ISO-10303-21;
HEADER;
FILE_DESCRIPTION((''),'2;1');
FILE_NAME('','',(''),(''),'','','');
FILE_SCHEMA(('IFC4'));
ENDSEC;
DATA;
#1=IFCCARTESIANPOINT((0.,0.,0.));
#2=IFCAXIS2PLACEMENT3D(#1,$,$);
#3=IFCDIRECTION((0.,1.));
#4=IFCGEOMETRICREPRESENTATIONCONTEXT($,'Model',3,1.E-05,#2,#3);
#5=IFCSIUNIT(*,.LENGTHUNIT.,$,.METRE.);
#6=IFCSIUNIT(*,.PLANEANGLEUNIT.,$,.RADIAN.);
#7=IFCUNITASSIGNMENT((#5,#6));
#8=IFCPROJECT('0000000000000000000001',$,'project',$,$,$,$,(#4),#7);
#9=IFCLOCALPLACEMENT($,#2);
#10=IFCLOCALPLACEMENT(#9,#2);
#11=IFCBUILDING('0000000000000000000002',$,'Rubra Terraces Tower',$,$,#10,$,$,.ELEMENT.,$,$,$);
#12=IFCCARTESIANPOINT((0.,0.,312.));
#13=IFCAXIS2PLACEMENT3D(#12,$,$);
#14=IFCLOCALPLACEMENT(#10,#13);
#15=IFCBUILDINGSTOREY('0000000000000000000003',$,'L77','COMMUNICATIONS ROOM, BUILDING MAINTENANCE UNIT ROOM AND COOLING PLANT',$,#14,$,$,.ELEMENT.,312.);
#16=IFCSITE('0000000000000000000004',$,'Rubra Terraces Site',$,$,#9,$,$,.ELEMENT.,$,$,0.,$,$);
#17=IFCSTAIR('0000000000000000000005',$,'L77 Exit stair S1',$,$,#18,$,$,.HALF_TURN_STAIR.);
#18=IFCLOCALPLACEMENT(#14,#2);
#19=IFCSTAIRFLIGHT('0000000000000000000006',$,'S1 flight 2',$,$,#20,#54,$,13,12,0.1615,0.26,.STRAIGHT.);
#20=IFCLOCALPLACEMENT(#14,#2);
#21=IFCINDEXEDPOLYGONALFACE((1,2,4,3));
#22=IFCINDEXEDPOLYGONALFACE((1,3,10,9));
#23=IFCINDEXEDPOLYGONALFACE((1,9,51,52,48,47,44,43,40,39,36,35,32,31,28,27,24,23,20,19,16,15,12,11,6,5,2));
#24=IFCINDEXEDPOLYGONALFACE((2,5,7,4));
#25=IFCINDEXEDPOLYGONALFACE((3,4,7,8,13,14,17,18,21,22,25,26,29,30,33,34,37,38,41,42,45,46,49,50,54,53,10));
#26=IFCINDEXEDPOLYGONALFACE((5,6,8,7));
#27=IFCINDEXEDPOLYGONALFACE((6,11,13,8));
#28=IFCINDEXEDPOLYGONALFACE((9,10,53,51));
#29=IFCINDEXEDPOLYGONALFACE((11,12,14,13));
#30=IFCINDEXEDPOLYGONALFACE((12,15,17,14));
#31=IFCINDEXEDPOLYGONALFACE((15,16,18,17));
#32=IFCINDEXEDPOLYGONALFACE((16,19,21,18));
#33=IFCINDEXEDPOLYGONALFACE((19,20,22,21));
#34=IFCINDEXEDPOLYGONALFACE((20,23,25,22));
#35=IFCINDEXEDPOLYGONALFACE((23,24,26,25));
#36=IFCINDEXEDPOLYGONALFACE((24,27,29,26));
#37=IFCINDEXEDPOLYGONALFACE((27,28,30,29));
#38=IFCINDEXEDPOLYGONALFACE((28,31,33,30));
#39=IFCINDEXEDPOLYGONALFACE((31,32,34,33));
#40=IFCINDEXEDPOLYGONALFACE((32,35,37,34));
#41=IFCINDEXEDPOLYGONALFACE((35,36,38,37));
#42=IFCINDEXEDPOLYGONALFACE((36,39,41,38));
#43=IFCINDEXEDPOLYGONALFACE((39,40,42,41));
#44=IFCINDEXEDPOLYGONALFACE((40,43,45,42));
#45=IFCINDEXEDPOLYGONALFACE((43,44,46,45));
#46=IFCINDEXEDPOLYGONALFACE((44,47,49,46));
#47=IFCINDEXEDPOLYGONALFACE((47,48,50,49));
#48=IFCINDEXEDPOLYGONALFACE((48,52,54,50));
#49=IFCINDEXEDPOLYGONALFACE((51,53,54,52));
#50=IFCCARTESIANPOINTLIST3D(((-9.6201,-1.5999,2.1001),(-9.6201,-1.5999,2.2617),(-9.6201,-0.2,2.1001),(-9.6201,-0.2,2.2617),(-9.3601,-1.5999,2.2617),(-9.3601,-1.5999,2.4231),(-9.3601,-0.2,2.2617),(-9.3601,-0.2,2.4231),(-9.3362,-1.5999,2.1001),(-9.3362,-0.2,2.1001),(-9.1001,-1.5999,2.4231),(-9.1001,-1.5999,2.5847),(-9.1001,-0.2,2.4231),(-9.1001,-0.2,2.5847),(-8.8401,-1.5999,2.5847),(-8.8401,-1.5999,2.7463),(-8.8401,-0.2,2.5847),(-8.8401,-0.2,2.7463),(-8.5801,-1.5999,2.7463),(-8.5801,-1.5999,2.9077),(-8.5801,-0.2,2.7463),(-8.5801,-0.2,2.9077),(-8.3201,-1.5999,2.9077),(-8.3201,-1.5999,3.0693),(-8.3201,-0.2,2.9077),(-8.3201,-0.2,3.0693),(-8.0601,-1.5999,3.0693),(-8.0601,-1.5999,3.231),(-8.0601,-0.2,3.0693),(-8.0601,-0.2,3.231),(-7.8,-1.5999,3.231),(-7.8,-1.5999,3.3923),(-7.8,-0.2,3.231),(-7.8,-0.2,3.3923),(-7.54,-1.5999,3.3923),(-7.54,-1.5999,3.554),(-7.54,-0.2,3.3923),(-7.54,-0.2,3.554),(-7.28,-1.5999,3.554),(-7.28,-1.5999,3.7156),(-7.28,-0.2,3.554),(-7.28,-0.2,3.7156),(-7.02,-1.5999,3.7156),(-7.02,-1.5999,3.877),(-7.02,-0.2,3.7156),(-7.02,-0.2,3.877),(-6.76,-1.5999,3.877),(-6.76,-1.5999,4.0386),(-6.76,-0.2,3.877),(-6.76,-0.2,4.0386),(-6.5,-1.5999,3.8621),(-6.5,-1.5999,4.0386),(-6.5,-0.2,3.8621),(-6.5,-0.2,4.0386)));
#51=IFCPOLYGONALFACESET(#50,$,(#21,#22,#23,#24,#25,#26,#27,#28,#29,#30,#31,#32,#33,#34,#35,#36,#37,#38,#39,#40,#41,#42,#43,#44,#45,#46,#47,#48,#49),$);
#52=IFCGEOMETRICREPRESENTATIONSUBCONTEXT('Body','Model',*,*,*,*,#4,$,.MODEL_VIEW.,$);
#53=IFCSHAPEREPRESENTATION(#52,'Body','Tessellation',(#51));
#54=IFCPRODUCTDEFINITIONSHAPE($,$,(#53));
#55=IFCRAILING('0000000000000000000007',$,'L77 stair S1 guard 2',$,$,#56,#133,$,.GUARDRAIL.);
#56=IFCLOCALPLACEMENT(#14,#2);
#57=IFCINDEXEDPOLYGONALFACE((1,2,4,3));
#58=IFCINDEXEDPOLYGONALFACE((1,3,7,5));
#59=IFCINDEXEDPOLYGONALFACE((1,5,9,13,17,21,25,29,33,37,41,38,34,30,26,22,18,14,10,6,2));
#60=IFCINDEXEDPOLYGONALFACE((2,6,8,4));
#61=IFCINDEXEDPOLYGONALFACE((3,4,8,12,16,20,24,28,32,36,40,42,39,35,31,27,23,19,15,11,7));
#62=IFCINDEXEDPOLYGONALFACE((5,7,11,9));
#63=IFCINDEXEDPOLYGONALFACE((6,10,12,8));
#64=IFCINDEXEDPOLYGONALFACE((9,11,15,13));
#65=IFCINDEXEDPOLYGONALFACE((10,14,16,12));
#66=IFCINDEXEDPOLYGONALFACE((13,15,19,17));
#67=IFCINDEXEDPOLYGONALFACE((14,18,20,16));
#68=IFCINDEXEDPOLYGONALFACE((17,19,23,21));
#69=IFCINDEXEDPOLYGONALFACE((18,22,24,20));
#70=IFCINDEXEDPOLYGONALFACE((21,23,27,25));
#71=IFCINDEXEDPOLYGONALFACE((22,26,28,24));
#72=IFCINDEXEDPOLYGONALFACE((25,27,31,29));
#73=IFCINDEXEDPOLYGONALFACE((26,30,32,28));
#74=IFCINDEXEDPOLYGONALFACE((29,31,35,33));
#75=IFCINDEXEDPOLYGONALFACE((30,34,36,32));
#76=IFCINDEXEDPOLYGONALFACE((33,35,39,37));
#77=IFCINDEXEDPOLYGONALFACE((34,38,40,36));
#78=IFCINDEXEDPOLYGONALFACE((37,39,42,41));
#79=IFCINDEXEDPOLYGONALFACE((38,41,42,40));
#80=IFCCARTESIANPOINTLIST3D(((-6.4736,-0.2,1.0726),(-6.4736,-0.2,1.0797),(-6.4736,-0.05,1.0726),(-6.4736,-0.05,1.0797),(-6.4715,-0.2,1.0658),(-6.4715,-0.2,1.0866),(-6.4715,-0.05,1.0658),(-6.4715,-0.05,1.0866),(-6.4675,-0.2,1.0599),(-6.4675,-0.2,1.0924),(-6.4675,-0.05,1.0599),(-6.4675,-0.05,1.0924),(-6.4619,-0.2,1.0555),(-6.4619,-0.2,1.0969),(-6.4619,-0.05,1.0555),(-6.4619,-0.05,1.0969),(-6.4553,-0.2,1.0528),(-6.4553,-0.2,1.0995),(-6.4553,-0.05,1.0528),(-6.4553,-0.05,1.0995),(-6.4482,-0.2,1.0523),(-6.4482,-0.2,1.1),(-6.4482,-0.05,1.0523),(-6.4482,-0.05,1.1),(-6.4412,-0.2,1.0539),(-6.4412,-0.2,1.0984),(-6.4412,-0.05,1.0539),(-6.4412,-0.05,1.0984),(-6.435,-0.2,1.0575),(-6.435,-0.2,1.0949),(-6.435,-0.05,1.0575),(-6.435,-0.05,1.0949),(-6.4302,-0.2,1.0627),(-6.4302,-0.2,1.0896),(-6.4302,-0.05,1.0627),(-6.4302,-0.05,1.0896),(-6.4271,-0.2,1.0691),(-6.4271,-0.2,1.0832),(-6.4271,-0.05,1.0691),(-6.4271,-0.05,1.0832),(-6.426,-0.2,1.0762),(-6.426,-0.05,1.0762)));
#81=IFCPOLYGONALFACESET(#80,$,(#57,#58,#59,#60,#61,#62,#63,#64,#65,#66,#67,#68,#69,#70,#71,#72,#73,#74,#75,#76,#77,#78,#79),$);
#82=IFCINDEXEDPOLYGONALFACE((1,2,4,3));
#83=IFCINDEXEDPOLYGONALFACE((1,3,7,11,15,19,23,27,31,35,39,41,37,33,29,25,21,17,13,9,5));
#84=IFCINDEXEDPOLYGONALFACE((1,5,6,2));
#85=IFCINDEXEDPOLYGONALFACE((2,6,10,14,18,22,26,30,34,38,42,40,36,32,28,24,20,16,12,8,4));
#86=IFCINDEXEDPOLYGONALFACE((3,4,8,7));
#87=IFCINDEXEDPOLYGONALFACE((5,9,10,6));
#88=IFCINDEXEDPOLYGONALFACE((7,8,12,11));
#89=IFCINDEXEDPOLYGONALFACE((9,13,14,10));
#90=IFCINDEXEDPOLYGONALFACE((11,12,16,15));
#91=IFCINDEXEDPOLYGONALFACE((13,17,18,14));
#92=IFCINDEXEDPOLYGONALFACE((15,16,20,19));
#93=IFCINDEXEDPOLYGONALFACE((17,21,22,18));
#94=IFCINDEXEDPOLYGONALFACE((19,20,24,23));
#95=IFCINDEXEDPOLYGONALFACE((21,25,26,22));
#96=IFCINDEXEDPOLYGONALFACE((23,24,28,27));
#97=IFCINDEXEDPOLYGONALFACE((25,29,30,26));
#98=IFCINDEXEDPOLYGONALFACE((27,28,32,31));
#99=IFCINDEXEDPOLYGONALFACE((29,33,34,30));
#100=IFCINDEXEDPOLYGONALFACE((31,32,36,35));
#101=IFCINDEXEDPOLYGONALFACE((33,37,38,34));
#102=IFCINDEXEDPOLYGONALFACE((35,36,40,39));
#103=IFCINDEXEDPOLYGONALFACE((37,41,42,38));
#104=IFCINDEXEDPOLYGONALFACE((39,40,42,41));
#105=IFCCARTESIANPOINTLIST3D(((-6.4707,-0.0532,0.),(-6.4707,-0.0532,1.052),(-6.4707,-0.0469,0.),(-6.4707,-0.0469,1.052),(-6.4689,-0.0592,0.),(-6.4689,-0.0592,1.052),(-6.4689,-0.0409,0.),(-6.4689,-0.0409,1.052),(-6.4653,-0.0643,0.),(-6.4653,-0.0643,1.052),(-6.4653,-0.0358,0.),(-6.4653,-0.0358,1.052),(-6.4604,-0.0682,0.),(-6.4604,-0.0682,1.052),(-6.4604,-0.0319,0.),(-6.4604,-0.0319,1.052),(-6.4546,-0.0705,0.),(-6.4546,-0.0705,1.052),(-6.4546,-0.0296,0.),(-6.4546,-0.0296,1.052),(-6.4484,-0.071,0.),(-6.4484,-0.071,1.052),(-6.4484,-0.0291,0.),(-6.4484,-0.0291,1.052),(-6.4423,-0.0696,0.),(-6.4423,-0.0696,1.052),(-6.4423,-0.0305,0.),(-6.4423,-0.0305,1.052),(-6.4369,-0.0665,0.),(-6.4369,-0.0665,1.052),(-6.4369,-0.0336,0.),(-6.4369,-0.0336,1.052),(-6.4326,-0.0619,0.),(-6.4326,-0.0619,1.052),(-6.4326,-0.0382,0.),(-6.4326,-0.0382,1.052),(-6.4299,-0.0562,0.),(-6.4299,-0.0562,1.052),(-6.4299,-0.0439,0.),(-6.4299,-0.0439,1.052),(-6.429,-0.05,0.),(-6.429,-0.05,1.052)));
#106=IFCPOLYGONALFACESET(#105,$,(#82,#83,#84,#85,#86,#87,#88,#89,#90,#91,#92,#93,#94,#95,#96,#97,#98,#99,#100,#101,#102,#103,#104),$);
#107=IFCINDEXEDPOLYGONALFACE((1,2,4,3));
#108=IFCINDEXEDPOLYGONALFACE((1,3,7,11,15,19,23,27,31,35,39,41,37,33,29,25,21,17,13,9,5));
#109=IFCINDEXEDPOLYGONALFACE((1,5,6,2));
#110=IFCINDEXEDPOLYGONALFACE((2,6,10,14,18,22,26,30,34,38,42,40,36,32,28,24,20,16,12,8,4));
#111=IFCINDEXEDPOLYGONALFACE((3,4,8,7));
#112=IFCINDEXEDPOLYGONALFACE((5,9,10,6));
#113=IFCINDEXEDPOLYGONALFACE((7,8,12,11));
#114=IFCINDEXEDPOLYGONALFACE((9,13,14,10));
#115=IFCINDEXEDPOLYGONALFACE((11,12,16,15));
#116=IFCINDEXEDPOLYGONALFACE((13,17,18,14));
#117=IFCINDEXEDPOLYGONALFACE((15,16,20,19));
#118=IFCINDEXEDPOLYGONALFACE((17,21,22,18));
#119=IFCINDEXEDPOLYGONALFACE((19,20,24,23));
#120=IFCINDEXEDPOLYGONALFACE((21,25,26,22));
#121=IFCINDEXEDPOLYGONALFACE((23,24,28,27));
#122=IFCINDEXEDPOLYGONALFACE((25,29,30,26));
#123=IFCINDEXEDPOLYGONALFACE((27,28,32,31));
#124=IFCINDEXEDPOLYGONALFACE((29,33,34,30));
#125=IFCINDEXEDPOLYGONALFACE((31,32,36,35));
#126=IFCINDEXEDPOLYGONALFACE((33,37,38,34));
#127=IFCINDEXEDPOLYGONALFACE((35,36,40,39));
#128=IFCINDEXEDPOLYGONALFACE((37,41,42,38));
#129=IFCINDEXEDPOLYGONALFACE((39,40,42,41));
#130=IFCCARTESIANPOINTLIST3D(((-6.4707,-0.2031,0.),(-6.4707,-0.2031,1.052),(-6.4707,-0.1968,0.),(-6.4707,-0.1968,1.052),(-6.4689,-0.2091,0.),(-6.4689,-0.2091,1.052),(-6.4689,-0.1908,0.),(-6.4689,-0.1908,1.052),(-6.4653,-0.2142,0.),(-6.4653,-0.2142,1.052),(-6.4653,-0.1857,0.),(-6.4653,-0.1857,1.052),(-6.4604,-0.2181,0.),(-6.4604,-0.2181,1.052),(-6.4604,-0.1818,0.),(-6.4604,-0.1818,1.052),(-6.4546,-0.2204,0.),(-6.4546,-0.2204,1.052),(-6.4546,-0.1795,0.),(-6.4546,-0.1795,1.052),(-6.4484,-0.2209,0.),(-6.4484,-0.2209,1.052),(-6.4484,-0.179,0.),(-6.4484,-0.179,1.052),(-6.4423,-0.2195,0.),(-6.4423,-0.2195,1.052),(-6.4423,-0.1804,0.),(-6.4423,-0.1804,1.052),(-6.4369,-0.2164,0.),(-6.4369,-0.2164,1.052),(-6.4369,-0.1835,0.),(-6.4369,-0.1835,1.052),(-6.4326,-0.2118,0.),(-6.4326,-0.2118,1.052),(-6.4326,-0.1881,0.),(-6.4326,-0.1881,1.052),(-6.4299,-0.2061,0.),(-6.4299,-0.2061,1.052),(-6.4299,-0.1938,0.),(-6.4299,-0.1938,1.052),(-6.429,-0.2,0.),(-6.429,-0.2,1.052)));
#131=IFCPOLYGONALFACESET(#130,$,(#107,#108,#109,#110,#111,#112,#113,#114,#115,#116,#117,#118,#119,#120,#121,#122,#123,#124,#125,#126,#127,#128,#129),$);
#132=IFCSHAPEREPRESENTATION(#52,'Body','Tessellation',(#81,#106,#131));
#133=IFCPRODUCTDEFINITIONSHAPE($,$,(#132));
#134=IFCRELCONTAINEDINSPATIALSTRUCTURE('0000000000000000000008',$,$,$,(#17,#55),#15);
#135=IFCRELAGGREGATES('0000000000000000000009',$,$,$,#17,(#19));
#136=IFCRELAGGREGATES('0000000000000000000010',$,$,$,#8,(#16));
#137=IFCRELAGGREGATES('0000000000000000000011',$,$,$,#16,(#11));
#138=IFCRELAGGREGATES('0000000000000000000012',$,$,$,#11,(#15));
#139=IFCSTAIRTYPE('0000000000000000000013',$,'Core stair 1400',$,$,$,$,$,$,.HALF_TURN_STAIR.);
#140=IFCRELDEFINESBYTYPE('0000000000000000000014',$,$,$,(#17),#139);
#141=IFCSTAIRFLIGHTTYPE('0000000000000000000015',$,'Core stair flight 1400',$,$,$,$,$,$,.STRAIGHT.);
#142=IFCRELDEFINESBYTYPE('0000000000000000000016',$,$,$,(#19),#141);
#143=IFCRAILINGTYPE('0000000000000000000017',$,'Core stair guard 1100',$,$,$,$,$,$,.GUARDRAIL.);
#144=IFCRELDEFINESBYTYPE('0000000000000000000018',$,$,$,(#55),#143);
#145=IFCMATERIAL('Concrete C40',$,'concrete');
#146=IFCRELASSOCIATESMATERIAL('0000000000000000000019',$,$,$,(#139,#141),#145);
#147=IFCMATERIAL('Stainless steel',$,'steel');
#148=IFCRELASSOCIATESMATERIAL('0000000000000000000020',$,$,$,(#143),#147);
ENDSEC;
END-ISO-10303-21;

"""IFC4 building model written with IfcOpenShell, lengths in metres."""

from ifc_helpers import new_model, si_unit, direction, frame, origin, origin_2d, place, context, subcontext, project, spatial, polyline, circle, outline, extrude, material, type_object, element, aggregate, save


model = new_model("IFC4")

# Units and contexts
model_context = context("Model", 3, precision=1e-05, world=origin(), true_north=direction((0.0, 1.0)))
body_context = subcontext(model_context, "Body", "Model", "MODEL_VIEW")
ifc_project = project(units=[si_unit("LENGTHUNIT", "METRE"), si_unit("PLANEANGLEUNIT", "RADIAN")], contexts=[model_context])

# Site, building, storey
site_placement = place(None, origin())
site = spatial("IfcSite", under=ifc_project, at=site_placement, Name="Rubra Terraces Site", CompositionType="ELEMENT", RefElevation=0.0)
building_placement = place(site_placement, origin())
building = spatial("IfcBuilding", under=site, at=building_placement, Name="Rubra Terraces Tower", CompositionType="ELEMENT")
storey_placement = place(building_placement, frame((0.0, 0.0, 312.0)))
storey = spatial("IfcBuildingStorey", under=building, at=storey_placement, Name="L77", Description="COMMUNICATIONS ROOM, BUILDING MAINTENANCE UNIT ROOM AND COOLING PLANT", CompositionType="ELEMENT", Elevation=312.0)

# Shared definitions
ifc_material_1 = material(Name="Concrete C40", Category="concrete")

# Stair, stair flight
stair_type = type_object("IfcStairType", Name="Core stair 1400", PredefinedType="HALF_TURN_STAIR", material=ifc_material_1)
stair_placement = place(storey_placement, origin())
stair = element("IfcStair", 1, at=stair_placement, inside=storey, type_object=stair_type, Name="L77 Exit stair S1", PredefinedType="HALF_TURN_STAIR")
stair_flight_type = type_object("IfcStairFlightType", Name="Core stair flight 1400", PredefinedType="STRAIGHT", material=ifc_material_1)
stair_flight_placement = place(storey_placement, frame((-9.6201, -0.8999, 2.1001), z_axis=(0.0, 0.0, 1.0), x_axis=(1.0, 0.0, 0.0)))
stair_flight = element("IfcStairFlight", 2, at=stair_flight_placement, type_object=stair_flight_type, Name="S1 flight 2", NumberOfRisers=13, NumberOfTreads=12, PredefinedType="STRAIGHT", RiserHeight=0.1615, TreadLength=0.26, context=body_context, shape_type="SweptSolid", body=[
    extrude(outline(polyline([(0.0, 0.0), (0.0, 0.1616), (0.26, 0.1616), (0.26, 0.323), (0.52, 0.323), (0.52, 0.4846), (0.78, 0.4846), (0.78, 0.6462), (1.04, 0.6462), (1.04, 0.8076), (1.3, 0.8076), (1.3, 0.9692), (1.5601, 0.9692), (1.5601, 1.1309), (1.8201, 1.1309), (1.8201, 1.2922), (2.0801, 1.2922), (2.0801, 1.4539), (2.3401, 1.4539), (2.3401, 1.6155), (2.6001, 1.6155), (2.6001, 1.7769), (2.8601, 1.7769), (2.8601, 1.9385), (3.1201, 1.9385), (3.1201, 2.1001), (3.1201, 1.762), (0.2839, 0.0), (0.0, 0.0)])), frame((0.0, 0.7, 0.0), z_axis=(0.0, -1.0, 0.0), x_axis=(1.0, 0.0, 0.0)), (0.0, 0.0, 1.0), 1.3999),
])
aggregate(stair, [stair_flight])

# Railing
ifc_material_2 = material(Name="Stainless steel", Category="steel")
railing_type = type_object("IfcRailingType", Name="Core stair guard 1100", PredefinedType="GUARDRAIL", material=ifc_material_2)
railing_1_placement = place(storey_placement, frame((-6.45, -0.05, 0.0)))
element("IfcRailing", 3, at=railing_1_placement, inside=storey, type_object=railing_type, Name="L77 stair S1 guard 2", PredefinedType="GUARDRAIL", context=body_context, shape_type="SweptSolid", body=[
    extrude(circle(Radius=0.0239, at=origin_2d()), frame((0.0, 0.0, 1.0762), z_axis=(0.0, -1.0, 0.0), x_axis=(1.0, 0.0, 0.0)), (0.0, 0.0, 1.0), 0.1499),
    extrude(circle(Radius=0.021, at=origin_2d()), origin(), (0.0, 0.0, 1.0), 1.052),
    extrude(circle(Radius=0.021, at=origin_2d()), frame((0.0, -0.1499, 0.0)), (0.0, 0.0, 1.0), 1.052),
])

save(model, "model.ifc")
